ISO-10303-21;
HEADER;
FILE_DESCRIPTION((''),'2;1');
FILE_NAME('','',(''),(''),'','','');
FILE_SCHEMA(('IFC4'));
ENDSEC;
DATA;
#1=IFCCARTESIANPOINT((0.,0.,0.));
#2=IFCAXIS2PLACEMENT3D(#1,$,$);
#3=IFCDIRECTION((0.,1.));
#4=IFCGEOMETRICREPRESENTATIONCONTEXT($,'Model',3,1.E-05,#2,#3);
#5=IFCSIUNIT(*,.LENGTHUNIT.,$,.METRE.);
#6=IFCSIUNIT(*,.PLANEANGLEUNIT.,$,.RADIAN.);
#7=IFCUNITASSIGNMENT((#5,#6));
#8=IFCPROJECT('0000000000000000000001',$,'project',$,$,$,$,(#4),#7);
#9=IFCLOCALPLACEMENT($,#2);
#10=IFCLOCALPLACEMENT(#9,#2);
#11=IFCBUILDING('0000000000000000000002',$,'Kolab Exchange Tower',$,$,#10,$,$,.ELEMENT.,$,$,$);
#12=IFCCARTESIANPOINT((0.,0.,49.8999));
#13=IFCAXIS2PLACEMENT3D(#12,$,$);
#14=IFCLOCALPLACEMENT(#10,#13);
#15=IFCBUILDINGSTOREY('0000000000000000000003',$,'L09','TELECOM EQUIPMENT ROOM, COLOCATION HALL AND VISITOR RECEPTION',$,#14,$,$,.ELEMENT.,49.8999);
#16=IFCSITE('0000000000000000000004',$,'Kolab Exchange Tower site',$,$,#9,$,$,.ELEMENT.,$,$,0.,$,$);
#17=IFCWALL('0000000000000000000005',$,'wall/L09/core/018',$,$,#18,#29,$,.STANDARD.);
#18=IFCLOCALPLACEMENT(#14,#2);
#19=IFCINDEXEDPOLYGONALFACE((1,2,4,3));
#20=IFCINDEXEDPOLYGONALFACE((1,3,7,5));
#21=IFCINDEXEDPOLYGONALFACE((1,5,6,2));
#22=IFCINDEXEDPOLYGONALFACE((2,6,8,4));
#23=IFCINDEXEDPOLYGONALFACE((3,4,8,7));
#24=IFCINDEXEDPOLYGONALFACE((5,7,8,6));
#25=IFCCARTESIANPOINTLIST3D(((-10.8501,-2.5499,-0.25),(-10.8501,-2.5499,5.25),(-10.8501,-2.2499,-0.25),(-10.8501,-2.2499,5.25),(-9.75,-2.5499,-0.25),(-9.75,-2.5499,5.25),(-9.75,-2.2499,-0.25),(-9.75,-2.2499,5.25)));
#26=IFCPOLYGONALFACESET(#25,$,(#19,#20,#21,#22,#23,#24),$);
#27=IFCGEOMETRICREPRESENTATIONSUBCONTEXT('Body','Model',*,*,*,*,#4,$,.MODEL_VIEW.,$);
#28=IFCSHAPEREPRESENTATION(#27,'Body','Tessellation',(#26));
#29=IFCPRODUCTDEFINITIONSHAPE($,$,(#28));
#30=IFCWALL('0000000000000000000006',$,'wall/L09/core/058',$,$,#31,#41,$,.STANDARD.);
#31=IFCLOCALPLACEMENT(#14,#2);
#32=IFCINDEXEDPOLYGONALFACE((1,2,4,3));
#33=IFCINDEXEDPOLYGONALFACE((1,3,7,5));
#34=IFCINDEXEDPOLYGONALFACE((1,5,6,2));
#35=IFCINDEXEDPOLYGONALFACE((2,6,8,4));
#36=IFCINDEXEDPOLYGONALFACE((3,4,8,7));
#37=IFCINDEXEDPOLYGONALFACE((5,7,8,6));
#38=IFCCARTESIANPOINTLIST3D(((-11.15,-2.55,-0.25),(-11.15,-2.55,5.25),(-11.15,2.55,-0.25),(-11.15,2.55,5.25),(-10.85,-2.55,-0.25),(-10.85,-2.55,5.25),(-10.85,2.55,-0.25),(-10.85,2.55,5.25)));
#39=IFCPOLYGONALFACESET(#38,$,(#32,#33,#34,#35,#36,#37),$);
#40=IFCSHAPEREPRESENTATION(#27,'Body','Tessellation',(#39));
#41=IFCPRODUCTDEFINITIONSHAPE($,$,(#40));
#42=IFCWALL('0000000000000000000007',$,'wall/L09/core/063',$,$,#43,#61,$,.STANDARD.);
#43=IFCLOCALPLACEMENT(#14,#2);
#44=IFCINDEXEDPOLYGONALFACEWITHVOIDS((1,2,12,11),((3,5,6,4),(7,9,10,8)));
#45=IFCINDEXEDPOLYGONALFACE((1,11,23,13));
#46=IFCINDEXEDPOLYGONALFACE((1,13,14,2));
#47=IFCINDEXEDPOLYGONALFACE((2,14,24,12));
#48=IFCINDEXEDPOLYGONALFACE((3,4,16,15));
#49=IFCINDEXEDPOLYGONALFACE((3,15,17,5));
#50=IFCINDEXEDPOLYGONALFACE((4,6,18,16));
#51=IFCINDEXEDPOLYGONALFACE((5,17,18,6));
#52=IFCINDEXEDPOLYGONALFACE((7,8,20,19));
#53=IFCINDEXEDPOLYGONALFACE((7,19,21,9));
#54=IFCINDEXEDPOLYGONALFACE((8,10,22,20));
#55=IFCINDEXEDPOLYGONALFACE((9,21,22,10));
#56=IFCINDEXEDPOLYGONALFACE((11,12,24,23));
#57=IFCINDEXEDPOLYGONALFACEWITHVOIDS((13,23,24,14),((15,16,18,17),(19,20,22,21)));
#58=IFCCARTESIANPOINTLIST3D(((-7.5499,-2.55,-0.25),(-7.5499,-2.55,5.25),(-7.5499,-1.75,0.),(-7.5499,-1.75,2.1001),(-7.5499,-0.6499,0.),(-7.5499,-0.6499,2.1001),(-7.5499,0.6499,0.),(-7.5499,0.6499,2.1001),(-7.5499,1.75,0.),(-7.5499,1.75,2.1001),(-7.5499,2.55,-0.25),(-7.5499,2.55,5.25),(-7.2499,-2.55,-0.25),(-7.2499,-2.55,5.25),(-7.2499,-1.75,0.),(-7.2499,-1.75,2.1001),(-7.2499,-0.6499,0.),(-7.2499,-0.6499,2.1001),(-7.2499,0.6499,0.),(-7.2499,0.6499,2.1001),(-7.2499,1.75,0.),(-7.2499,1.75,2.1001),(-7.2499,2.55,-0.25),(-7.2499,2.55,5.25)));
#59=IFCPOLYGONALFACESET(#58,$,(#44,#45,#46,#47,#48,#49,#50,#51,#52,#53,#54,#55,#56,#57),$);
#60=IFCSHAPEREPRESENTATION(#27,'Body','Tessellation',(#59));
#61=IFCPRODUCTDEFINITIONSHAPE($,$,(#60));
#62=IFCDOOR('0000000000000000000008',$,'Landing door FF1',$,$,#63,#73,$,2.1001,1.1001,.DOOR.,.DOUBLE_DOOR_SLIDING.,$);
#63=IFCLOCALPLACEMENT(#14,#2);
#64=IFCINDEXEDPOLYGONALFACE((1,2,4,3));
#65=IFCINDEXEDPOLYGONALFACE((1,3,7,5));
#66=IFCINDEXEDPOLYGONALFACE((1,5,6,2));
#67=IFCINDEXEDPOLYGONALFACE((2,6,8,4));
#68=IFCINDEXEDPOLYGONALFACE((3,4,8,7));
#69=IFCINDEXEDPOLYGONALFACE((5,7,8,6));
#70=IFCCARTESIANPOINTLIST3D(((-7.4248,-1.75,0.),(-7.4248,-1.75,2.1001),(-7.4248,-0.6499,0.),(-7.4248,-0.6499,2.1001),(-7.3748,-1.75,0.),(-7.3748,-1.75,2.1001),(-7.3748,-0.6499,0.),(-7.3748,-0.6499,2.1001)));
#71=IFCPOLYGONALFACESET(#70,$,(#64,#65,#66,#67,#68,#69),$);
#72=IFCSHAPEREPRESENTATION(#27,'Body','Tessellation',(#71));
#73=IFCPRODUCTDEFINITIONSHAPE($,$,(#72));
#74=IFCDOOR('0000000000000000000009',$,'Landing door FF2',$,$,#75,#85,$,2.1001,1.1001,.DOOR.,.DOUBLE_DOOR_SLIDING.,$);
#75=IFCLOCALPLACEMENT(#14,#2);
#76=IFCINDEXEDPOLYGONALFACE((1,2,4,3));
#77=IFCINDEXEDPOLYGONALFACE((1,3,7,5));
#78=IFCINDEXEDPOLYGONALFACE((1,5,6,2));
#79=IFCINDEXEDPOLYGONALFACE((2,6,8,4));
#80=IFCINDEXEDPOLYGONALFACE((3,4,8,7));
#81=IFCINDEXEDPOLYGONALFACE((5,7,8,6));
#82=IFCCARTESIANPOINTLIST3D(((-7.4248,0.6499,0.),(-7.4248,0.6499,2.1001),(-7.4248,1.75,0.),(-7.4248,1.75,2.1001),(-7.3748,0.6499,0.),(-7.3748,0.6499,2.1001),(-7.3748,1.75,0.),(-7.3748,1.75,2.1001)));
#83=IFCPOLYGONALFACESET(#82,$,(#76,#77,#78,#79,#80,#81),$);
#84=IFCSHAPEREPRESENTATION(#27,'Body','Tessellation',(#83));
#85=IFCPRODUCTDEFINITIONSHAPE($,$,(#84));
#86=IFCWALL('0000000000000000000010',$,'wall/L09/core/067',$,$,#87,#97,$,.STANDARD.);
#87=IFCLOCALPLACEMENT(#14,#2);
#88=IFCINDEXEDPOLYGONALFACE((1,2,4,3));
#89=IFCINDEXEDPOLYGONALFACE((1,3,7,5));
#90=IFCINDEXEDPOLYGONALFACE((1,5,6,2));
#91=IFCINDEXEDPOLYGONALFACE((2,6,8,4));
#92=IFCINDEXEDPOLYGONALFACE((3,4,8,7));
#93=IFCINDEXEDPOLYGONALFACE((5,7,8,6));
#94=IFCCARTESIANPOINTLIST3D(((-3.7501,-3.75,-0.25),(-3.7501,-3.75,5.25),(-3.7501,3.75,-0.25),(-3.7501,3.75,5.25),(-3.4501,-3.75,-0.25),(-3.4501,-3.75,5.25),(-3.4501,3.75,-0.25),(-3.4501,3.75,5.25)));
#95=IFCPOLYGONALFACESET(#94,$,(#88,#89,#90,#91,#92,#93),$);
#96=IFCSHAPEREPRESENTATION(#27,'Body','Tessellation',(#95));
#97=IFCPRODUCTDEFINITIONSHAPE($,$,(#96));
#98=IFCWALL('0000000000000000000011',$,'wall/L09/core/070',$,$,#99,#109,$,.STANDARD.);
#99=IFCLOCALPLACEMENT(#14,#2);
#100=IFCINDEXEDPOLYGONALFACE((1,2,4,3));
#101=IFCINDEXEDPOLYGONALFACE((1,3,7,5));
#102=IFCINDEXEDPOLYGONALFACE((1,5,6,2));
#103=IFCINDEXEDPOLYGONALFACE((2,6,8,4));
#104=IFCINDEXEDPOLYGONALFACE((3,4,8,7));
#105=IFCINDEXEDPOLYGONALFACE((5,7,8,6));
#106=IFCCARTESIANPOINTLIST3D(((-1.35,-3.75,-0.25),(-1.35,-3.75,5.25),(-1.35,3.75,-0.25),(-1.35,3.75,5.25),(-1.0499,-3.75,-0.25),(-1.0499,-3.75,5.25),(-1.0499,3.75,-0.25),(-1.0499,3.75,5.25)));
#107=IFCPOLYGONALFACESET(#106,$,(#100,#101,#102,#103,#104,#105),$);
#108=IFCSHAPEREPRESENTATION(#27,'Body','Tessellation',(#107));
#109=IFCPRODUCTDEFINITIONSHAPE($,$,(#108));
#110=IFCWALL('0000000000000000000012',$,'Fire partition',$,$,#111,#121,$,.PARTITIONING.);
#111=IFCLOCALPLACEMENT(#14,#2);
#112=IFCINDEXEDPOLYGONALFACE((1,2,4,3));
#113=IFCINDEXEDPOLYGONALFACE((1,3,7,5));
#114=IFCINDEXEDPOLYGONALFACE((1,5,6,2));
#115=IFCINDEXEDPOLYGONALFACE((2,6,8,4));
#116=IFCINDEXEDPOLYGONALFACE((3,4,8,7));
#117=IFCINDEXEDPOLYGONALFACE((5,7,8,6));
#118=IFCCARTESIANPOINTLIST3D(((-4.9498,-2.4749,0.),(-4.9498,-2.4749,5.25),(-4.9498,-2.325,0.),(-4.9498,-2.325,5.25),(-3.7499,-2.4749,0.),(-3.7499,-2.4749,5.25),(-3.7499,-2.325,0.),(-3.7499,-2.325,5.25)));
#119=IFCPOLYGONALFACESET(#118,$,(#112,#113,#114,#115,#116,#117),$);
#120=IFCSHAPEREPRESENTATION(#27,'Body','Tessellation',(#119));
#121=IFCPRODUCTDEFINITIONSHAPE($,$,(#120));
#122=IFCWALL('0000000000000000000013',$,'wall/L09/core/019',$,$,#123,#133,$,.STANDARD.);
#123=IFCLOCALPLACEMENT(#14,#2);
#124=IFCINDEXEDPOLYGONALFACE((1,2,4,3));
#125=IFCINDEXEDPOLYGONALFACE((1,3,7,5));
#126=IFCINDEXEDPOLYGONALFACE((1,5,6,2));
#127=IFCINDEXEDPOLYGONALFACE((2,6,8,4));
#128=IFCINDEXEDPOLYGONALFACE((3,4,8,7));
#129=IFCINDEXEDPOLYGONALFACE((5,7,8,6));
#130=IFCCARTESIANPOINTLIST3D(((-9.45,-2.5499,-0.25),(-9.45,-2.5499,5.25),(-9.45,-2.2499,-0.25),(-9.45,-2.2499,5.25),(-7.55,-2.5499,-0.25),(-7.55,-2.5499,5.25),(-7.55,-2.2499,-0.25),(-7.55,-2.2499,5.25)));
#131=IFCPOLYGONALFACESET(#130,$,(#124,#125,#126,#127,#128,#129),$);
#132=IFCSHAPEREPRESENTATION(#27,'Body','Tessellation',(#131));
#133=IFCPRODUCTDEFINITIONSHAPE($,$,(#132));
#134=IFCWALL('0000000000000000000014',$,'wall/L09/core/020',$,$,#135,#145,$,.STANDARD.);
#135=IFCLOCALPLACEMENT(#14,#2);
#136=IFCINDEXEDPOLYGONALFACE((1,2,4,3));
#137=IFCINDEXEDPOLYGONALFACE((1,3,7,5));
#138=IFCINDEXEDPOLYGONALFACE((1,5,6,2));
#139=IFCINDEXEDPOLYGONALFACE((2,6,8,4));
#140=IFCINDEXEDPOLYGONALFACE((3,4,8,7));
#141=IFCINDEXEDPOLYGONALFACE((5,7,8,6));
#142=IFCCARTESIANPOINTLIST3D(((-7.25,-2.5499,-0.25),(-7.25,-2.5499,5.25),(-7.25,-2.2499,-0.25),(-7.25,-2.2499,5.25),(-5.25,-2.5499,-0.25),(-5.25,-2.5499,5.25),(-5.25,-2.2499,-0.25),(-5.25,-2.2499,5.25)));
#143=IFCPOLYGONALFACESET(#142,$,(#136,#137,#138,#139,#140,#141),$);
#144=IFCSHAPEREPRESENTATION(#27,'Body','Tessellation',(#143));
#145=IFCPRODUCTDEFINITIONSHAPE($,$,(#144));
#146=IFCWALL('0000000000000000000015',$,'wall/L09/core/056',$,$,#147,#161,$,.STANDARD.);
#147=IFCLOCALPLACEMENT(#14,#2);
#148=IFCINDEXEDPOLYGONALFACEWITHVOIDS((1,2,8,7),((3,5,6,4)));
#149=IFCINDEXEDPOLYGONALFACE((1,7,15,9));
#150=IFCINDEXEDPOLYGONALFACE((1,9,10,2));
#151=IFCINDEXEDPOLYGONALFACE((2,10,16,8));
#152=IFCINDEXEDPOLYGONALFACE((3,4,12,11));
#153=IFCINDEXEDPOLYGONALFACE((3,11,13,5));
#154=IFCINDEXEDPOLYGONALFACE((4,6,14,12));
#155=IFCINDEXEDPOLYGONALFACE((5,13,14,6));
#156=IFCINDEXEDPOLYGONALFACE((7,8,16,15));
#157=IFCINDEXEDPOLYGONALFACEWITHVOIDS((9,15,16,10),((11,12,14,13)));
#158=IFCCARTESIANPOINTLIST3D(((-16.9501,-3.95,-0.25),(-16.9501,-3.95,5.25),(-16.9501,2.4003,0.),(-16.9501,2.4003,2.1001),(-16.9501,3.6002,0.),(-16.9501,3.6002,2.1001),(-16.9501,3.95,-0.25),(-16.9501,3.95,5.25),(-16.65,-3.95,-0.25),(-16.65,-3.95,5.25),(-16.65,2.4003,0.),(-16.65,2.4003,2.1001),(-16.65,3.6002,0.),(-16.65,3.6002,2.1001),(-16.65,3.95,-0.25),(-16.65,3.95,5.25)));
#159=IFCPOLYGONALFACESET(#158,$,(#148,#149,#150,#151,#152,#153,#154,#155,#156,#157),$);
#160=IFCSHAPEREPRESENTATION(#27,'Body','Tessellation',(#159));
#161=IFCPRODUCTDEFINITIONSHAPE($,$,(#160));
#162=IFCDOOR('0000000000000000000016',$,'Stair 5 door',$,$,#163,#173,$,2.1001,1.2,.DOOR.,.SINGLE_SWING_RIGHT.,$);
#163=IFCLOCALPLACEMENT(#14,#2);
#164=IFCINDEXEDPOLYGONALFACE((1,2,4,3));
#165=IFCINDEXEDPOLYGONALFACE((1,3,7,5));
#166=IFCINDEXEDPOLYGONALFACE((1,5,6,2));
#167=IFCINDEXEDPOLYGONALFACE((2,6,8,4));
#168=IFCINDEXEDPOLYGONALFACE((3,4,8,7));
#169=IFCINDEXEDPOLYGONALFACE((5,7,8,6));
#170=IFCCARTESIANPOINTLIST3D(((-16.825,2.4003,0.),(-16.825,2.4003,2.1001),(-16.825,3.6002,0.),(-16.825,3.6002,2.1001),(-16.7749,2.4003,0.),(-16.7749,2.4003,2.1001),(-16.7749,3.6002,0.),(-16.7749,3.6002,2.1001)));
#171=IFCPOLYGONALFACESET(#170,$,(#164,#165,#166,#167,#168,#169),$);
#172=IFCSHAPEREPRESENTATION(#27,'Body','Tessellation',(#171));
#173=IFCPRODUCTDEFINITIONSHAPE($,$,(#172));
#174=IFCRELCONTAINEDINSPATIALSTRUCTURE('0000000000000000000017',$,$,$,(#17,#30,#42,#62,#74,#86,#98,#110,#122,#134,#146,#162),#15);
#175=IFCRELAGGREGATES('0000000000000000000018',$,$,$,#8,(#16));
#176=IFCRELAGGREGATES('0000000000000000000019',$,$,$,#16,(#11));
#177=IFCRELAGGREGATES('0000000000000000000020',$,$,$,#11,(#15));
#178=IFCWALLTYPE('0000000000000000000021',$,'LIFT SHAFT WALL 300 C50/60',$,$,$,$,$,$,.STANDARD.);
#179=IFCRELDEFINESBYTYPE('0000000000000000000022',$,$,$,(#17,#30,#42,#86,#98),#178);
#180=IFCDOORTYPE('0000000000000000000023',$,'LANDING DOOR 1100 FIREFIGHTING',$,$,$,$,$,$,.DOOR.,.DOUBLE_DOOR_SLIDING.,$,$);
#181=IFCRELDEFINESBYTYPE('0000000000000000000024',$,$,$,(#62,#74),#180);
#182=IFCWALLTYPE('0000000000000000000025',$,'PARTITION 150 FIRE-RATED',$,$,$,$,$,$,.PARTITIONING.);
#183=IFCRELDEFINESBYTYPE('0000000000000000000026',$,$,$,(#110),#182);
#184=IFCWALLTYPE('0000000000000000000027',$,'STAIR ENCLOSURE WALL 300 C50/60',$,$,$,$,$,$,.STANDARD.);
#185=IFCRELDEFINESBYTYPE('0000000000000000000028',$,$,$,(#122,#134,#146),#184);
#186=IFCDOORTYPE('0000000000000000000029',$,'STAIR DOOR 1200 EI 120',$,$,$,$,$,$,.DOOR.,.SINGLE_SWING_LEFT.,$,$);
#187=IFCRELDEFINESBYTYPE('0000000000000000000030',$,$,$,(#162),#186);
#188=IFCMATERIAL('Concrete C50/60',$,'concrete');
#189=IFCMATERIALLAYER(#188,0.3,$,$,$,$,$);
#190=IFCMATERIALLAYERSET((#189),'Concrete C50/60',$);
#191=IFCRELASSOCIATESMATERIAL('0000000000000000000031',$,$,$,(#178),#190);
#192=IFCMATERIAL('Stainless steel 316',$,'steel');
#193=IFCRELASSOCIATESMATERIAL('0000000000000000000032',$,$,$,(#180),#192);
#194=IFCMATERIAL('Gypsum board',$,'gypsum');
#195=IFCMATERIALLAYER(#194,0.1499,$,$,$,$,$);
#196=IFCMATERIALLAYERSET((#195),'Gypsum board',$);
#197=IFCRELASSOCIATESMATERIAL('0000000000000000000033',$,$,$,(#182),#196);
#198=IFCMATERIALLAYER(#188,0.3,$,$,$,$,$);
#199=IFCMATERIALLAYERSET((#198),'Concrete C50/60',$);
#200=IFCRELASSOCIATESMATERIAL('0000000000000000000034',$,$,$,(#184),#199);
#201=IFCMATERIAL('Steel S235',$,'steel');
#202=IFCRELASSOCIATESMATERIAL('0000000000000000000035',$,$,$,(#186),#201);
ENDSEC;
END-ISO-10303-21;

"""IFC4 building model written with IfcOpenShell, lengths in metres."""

from ifc_helpers import new_model, si_unit, direction, frame, frame_2d, origin, place, context, subcontext, project, spatial, rectangle, extrude, material, layer, layer_set, type_object, element, fill, save


model = new_model("IFC4")

# Units and contexts
model_context = context("Model", 3, precision=1e-05, world=origin(), true_north=direction((0.0, 1.0)))
body_context = subcontext(model_context, "Body", "Model", "MODEL_VIEW")
ifc_project = project(units=[si_unit("LENGTHUNIT", "METRE"), si_unit("PLANEANGLEUNIT", "RADIAN")], contexts=[model_context])

# Site, building, storey
site_placement = place(None, origin())
site = spatial("IfcSite", under=ifc_project, at=site_placement, Name="Kolab Exchange Tower site", CompositionType="ELEMENT", RefElevation=0.0)
building_placement = place(site_placement, origin())
building = spatial("IfcBuilding", under=site, at=building_placement, Name="Kolab Exchange Tower", CompositionType="ELEMENT")
storey_placement = place(building_placement, frame((0.0, 0.0, 49.8999)))
storey = spatial("IfcBuildingStorey", under=building, at=storey_placement, Name="L09", Description="TELECOM EQUIPMENT ROOM, COLOCATION HALL AND VISITOR RECEPTION", CompositionType="ELEMENT", Elevation=49.8999)

# Shared definitions
ifc_material_1 = material(Name="Concrete C50/60", Category="concrete")
ifc_layer_1 = layer(ifc_material_1, 0.3)
ifc_layer_set_1 = layer_set([ifc_layer_1], Name="Concrete C50/60")
wall_type_1 = type_object("IfcWallType", Name="LIFT SHAFT WALL 300 C50/60", PredefinedType="STANDARD", material=ifc_layer_set_1)
ifc_material_2 = material(Name="Steel S235", Category="steel")

# Walls
wall_1_placement = place(storey_placement, frame((-10.8501, -2.3999, -0.25), z_axis=(0.0, 0.0, 1.0), x_axis=(1.0, 0.0, 0.0)))
element("IfcWall", 1, at=wall_1_placement, inside=storey, type_object=wall_type_1, Name="wall/L09/core/018", PredefinedType="STANDARD", context=body_context, shape_type="SweptSolid", body=[
    extrude(rectangle(XDim=1.1001, YDim=0.3, at=frame_2d((0.55, 0.0))), origin(), (0.0, 0.0, 1.0), 5.5),
])
wall_2_placement = place(storey_placement, frame((-11.0, -2.55, -0.25), z_axis=(0.0, 0.0, 1.0), x_axis=(0.0, 1.0, 0.0)))
element("IfcWall", 2, at=wall_2_placement, inside=storey, type_object=wall_type_1, Name="wall/L09/core/058", PredefinedType="STANDARD", context=body_context, shape_type="SweptSolid", body=[
    extrude(rectangle(XDim=5.1001, YDim=0.3, at=frame_2d((2.55, 0.0))), origin(), (0.0, 0.0, 1.0), 5.5),
])

# Wall, openings, doors
wall_3_placement = place(storey_placement, frame((-7.3999, -2.55, -0.25), z_axis=(0.0, 0.0, 1.0), x_axis=(0.0, 1.0, 0.0)))
wall_3 = element("IfcWall", 3, at=wall_3_placement, inside=storey, type_object=wall_type_1, Name="wall/L09/core/063", PredefinedType="STANDARD", context=body_context, shape_type="SweptSolid", body=[
    extrude(rectangle(XDim=5.1001, YDim=0.3, at=frame_2d((2.55, 0.0))), origin(), (0.0, 0.0, 1.0), 5.5),
])
opening_1_placement = place(wall_3_placement, frame((0.8, 0.0, 0.25)))
opening_1 = element("IfcOpeningElement", 4, at=opening_1_placement, cuts=wall_3, PredefinedType="OPENING", context=body_context, shape_type="SweptSolid", body=[
    extrude(rectangle(XDim=1.1001, YDim=2.1001, at=frame_2d((0.55, 1.05))), frame((0.0, 0.1602, 0.0), z_axis=(0.0, -1.0, 0.0), x_axis=(1.0, 0.0, 0.0)), (0.0, 0.0, 1.0), 0.3201),
])
opening_2_placement = place(wall_3_placement, frame((3.2, 0.0, 0.25)))
opening_2 = element("IfcOpeningElement", 5, at=opening_2_placement, cuts=wall_3, PredefinedType="OPENING", context=body_context, shape_type="SweptSolid", body=[
    extrude(rectangle(XDim=1.1001, YDim=2.1001, at=frame_2d((0.55, 1.05))), frame((0.0, 0.1602, 0.0), z_axis=(0.0, -1.0, 0.0), x_axis=(1.0, 0.0, 0.0)), (0.0, 0.0, 1.0), 0.3201),
])
ifc_material_3 = material(Name="Stainless steel 316", Category="steel")
door_type_1 = type_object("IfcDoorType", Name="LANDING DOOR 1100 FIREFIGHTING", OperationType="DOUBLE_DOOR_SLIDING", PredefinedType="DOOR", material=ifc_material_3)
door_1_placement = place(opening_1_placement, origin())
door_1 = element("IfcDoor", 6, at=door_1_placement, inside=storey, type_object=door_type_1, Name="Landing door FF1", OperationType="DOUBLE_DOOR_SLIDING", OverallHeight=2.1001, OverallWidth=1.1001, PredefinedType="DOOR", context=body_context, shape_type="SweptSolid", body=[
    extrude(rectangle(XDim=1.1001, YDim=2.1001, at=frame_2d((0.55, 1.05))), frame((0.0, 0.0249, 0.0), z_axis=(0.0, -1.0, 0.0), x_axis=(1.0, 0.0, 0.0)), (0.0, 0.0, 1.0), 0.05),
])
fill(opening_1, door_1)
door_2_placement = place(opening_2_placement, origin())
door_2 = element("IfcDoor", 7, at=door_2_placement, inside=storey, type_object=door_type_1, Name="Landing door FF2", OperationType="DOUBLE_DOOR_SLIDING", OverallHeight=2.1001, OverallWidth=1.1001, PredefinedType="DOOR", context=body_context, shape_type="SweptSolid", body=[
    extrude(rectangle(XDim=1.1001, YDim=2.1001, at=frame_2d((0.55, 1.05))), frame((0.0, 0.0249, 0.0), z_axis=(0.0, -1.0, 0.0), x_axis=(1.0, 0.0, 0.0)), (0.0, 0.0, 1.0), 0.05),
])
fill(opening_2, door_2)

# Walls
for number, where, z_axis, x_axis, name in (
    (8, (-3.6001, -3.75, -0.25), (0.0, 0.0, 1.0), (0.0, 1.0, 0.0), "wall/L09/core/067"),
    (9, (-1.2, -3.75, -0.25), (0.0, 0.0, 1.0), (0.0, 1.0, 0.0), "wall/L09/core/070"),
):
    element("IfcWall", number, at=place(storey_placement, frame(where, z_axis=z_axis, x_axis=x_axis)), inside=storey, type_object=wall_type_1, Name=name, PredefinedType="STANDARD", context=body_context, shape_type="SweptSolid", body=[
        extrude(rectangle(XDim=7.5, YDim=0.3, at=frame_2d((3.75, 0.0))), origin(), (0.0, 0.0, 1.0), 5.5),
    ])
ifc_material_4 = material(Name="Gypsum board", Category="gypsum")
ifc_layer_2 = layer(ifc_material_4, 0.1499)
ifc_layer_set_2 = layer_set([ifc_layer_2], Name="Gypsum board")
wall_type_2 = type_object("IfcWallType", Name="PARTITION 150 FIRE-RATED", PredefinedType="PARTITIONING", material=ifc_layer_set_2)
wall_4_placement = place(storey_placement, frame((-4.95, -2.3999, 0.0), z_axis=(0.0, 0.0, 1.0), x_axis=(1.0, 0.0, 0.0)))
element("IfcWall", 10, at=wall_4_placement, inside=storey, type_object=wall_type_2, Name="Fire partition", PredefinedType="PARTITIONING", context=body_context, shape_type="SweptSolid", body=[
    extrude(rectangle(XDim=1.2, YDim=0.1499, at=frame_2d((0.6001, 0.0))), origin(), (0.0, 0.0, 1.0), 5.25),
])
ifc_layer_3 = layer(ifc_material_1, 0.3)
ifc_layer_set_3 = layer_set([ifc_layer_3], Name="Concrete C50/60")
wall_type_3 = type_object("IfcWallType", Name="STAIR ENCLOSURE WALL 300 C50/60", PredefinedType="STANDARD", material=ifc_layer_set_3)
wall_5_placement = place(storey_placement, frame((-9.45, -2.3999, -0.25), z_axis=(0.0, 0.0, 1.0), x_axis=(1.0, 0.0, 0.0)))
element("IfcWall", 11, at=wall_5_placement, inside=storey, type_object=wall_type_3, Name="wall/L09/core/019", PredefinedType="STANDARD", context=body_context, shape_type="SweptSolid", body=[
    extrude(rectangle(XDim=1.8999, YDim=0.3, at=frame_2d((0.95, 0.0))), origin(), (0.0, 0.0, 1.0), 5.5),
])
wall_6_placement = place(storey_placement, frame((-7.25, -2.3999, -0.25), z_axis=(0.0, 0.0, 1.0), x_axis=(1.0, 0.0, 0.0)))
element("IfcWall", 12, at=wall_6_placement, inside=storey, type_object=wall_type_3, Name="wall/L09/core/020", PredefinedType="STANDARD", context=body_context, shape_type="SweptSolid", body=[
    extrude(rectangle(XDim=2.0, YDim=0.3, at=frame_2d((1.0, 0.0))), origin(), (0.0, 0.0, 1.0), 5.5),
])

# Wall, opening, door
wall_7_placement = place(storey_placement, frame((-16.8, -3.95, -0.25), z_axis=(0.0, 0.0, 1.0), x_axis=(0.0, 1.0, 0.0)))
wall_7 = element("IfcWall", 13, at=wall_7_placement, inside=storey, type_object=wall_type_3, Name="wall/L09/core/056", PredefinedType="STANDARD", context=body_context, shape_type="SweptSolid", body=[
    extrude(rectangle(XDim=7.8999, YDim=0.3, at=frame_2d((3.95, 0.0))), origin(), (0.0, 0.0, 1.0), 5.5),
])
opening_3_placement = place(wall_7_placement, frame((6.3501, 0.0, 0.25)))
opening_3 = element("IfcOpeningElement", 14, at=opening_3_placement, cuts=wall_7, PredefinedType="OPENING", context=body_context, shape_type="SweptSolid", body=[
    extrude(rectangle(XDim=1.2, YDim=2.1001, at=frame_2d((0.6001, 1.05))), frame((0.0, 0.1602, 0.0), z_axis=(0.0, -1.0, 0.0), x_axis=(1.0, 0.0, 0.0)), (0.0, 0.0, 1.0), 0.3201),
])
door_type_2 = type_object("IfcDoorType", Name="STAIR DOOR 1200 EI 120", OperationType="SINGLE_SWING_LEFT", PredefinedType="DOOR", material=ifc_material_2)
door_3_placement = place(opening_3_placement, origin())
door_3 = element("IfcDoor", 15, at=door_3_placement, inside=storey, type_object=door_type_2, Name="Stair 5 door", OperationType="SINGLE_SWING_RIGHT", OverallHeight=2.1001, OverallWidth=1.2, PredefinedType="DOOR", context=body_context, shape_type="SweptSolid", body=[
    extrude(rectangle(XDim=1.2, YDim=2.1001, at=frame_2d((0.6001, 1.05))), frame((0.0, 0.0249, 0.0), z_axis=(0.0, -1.0, 0.0), x_axis=(1.0, 0.0, 0.0)), (0.0, 0.0, 1.0), 0.05),
])
fill(opening_3, door_3)

save(model, "model.ifc")
